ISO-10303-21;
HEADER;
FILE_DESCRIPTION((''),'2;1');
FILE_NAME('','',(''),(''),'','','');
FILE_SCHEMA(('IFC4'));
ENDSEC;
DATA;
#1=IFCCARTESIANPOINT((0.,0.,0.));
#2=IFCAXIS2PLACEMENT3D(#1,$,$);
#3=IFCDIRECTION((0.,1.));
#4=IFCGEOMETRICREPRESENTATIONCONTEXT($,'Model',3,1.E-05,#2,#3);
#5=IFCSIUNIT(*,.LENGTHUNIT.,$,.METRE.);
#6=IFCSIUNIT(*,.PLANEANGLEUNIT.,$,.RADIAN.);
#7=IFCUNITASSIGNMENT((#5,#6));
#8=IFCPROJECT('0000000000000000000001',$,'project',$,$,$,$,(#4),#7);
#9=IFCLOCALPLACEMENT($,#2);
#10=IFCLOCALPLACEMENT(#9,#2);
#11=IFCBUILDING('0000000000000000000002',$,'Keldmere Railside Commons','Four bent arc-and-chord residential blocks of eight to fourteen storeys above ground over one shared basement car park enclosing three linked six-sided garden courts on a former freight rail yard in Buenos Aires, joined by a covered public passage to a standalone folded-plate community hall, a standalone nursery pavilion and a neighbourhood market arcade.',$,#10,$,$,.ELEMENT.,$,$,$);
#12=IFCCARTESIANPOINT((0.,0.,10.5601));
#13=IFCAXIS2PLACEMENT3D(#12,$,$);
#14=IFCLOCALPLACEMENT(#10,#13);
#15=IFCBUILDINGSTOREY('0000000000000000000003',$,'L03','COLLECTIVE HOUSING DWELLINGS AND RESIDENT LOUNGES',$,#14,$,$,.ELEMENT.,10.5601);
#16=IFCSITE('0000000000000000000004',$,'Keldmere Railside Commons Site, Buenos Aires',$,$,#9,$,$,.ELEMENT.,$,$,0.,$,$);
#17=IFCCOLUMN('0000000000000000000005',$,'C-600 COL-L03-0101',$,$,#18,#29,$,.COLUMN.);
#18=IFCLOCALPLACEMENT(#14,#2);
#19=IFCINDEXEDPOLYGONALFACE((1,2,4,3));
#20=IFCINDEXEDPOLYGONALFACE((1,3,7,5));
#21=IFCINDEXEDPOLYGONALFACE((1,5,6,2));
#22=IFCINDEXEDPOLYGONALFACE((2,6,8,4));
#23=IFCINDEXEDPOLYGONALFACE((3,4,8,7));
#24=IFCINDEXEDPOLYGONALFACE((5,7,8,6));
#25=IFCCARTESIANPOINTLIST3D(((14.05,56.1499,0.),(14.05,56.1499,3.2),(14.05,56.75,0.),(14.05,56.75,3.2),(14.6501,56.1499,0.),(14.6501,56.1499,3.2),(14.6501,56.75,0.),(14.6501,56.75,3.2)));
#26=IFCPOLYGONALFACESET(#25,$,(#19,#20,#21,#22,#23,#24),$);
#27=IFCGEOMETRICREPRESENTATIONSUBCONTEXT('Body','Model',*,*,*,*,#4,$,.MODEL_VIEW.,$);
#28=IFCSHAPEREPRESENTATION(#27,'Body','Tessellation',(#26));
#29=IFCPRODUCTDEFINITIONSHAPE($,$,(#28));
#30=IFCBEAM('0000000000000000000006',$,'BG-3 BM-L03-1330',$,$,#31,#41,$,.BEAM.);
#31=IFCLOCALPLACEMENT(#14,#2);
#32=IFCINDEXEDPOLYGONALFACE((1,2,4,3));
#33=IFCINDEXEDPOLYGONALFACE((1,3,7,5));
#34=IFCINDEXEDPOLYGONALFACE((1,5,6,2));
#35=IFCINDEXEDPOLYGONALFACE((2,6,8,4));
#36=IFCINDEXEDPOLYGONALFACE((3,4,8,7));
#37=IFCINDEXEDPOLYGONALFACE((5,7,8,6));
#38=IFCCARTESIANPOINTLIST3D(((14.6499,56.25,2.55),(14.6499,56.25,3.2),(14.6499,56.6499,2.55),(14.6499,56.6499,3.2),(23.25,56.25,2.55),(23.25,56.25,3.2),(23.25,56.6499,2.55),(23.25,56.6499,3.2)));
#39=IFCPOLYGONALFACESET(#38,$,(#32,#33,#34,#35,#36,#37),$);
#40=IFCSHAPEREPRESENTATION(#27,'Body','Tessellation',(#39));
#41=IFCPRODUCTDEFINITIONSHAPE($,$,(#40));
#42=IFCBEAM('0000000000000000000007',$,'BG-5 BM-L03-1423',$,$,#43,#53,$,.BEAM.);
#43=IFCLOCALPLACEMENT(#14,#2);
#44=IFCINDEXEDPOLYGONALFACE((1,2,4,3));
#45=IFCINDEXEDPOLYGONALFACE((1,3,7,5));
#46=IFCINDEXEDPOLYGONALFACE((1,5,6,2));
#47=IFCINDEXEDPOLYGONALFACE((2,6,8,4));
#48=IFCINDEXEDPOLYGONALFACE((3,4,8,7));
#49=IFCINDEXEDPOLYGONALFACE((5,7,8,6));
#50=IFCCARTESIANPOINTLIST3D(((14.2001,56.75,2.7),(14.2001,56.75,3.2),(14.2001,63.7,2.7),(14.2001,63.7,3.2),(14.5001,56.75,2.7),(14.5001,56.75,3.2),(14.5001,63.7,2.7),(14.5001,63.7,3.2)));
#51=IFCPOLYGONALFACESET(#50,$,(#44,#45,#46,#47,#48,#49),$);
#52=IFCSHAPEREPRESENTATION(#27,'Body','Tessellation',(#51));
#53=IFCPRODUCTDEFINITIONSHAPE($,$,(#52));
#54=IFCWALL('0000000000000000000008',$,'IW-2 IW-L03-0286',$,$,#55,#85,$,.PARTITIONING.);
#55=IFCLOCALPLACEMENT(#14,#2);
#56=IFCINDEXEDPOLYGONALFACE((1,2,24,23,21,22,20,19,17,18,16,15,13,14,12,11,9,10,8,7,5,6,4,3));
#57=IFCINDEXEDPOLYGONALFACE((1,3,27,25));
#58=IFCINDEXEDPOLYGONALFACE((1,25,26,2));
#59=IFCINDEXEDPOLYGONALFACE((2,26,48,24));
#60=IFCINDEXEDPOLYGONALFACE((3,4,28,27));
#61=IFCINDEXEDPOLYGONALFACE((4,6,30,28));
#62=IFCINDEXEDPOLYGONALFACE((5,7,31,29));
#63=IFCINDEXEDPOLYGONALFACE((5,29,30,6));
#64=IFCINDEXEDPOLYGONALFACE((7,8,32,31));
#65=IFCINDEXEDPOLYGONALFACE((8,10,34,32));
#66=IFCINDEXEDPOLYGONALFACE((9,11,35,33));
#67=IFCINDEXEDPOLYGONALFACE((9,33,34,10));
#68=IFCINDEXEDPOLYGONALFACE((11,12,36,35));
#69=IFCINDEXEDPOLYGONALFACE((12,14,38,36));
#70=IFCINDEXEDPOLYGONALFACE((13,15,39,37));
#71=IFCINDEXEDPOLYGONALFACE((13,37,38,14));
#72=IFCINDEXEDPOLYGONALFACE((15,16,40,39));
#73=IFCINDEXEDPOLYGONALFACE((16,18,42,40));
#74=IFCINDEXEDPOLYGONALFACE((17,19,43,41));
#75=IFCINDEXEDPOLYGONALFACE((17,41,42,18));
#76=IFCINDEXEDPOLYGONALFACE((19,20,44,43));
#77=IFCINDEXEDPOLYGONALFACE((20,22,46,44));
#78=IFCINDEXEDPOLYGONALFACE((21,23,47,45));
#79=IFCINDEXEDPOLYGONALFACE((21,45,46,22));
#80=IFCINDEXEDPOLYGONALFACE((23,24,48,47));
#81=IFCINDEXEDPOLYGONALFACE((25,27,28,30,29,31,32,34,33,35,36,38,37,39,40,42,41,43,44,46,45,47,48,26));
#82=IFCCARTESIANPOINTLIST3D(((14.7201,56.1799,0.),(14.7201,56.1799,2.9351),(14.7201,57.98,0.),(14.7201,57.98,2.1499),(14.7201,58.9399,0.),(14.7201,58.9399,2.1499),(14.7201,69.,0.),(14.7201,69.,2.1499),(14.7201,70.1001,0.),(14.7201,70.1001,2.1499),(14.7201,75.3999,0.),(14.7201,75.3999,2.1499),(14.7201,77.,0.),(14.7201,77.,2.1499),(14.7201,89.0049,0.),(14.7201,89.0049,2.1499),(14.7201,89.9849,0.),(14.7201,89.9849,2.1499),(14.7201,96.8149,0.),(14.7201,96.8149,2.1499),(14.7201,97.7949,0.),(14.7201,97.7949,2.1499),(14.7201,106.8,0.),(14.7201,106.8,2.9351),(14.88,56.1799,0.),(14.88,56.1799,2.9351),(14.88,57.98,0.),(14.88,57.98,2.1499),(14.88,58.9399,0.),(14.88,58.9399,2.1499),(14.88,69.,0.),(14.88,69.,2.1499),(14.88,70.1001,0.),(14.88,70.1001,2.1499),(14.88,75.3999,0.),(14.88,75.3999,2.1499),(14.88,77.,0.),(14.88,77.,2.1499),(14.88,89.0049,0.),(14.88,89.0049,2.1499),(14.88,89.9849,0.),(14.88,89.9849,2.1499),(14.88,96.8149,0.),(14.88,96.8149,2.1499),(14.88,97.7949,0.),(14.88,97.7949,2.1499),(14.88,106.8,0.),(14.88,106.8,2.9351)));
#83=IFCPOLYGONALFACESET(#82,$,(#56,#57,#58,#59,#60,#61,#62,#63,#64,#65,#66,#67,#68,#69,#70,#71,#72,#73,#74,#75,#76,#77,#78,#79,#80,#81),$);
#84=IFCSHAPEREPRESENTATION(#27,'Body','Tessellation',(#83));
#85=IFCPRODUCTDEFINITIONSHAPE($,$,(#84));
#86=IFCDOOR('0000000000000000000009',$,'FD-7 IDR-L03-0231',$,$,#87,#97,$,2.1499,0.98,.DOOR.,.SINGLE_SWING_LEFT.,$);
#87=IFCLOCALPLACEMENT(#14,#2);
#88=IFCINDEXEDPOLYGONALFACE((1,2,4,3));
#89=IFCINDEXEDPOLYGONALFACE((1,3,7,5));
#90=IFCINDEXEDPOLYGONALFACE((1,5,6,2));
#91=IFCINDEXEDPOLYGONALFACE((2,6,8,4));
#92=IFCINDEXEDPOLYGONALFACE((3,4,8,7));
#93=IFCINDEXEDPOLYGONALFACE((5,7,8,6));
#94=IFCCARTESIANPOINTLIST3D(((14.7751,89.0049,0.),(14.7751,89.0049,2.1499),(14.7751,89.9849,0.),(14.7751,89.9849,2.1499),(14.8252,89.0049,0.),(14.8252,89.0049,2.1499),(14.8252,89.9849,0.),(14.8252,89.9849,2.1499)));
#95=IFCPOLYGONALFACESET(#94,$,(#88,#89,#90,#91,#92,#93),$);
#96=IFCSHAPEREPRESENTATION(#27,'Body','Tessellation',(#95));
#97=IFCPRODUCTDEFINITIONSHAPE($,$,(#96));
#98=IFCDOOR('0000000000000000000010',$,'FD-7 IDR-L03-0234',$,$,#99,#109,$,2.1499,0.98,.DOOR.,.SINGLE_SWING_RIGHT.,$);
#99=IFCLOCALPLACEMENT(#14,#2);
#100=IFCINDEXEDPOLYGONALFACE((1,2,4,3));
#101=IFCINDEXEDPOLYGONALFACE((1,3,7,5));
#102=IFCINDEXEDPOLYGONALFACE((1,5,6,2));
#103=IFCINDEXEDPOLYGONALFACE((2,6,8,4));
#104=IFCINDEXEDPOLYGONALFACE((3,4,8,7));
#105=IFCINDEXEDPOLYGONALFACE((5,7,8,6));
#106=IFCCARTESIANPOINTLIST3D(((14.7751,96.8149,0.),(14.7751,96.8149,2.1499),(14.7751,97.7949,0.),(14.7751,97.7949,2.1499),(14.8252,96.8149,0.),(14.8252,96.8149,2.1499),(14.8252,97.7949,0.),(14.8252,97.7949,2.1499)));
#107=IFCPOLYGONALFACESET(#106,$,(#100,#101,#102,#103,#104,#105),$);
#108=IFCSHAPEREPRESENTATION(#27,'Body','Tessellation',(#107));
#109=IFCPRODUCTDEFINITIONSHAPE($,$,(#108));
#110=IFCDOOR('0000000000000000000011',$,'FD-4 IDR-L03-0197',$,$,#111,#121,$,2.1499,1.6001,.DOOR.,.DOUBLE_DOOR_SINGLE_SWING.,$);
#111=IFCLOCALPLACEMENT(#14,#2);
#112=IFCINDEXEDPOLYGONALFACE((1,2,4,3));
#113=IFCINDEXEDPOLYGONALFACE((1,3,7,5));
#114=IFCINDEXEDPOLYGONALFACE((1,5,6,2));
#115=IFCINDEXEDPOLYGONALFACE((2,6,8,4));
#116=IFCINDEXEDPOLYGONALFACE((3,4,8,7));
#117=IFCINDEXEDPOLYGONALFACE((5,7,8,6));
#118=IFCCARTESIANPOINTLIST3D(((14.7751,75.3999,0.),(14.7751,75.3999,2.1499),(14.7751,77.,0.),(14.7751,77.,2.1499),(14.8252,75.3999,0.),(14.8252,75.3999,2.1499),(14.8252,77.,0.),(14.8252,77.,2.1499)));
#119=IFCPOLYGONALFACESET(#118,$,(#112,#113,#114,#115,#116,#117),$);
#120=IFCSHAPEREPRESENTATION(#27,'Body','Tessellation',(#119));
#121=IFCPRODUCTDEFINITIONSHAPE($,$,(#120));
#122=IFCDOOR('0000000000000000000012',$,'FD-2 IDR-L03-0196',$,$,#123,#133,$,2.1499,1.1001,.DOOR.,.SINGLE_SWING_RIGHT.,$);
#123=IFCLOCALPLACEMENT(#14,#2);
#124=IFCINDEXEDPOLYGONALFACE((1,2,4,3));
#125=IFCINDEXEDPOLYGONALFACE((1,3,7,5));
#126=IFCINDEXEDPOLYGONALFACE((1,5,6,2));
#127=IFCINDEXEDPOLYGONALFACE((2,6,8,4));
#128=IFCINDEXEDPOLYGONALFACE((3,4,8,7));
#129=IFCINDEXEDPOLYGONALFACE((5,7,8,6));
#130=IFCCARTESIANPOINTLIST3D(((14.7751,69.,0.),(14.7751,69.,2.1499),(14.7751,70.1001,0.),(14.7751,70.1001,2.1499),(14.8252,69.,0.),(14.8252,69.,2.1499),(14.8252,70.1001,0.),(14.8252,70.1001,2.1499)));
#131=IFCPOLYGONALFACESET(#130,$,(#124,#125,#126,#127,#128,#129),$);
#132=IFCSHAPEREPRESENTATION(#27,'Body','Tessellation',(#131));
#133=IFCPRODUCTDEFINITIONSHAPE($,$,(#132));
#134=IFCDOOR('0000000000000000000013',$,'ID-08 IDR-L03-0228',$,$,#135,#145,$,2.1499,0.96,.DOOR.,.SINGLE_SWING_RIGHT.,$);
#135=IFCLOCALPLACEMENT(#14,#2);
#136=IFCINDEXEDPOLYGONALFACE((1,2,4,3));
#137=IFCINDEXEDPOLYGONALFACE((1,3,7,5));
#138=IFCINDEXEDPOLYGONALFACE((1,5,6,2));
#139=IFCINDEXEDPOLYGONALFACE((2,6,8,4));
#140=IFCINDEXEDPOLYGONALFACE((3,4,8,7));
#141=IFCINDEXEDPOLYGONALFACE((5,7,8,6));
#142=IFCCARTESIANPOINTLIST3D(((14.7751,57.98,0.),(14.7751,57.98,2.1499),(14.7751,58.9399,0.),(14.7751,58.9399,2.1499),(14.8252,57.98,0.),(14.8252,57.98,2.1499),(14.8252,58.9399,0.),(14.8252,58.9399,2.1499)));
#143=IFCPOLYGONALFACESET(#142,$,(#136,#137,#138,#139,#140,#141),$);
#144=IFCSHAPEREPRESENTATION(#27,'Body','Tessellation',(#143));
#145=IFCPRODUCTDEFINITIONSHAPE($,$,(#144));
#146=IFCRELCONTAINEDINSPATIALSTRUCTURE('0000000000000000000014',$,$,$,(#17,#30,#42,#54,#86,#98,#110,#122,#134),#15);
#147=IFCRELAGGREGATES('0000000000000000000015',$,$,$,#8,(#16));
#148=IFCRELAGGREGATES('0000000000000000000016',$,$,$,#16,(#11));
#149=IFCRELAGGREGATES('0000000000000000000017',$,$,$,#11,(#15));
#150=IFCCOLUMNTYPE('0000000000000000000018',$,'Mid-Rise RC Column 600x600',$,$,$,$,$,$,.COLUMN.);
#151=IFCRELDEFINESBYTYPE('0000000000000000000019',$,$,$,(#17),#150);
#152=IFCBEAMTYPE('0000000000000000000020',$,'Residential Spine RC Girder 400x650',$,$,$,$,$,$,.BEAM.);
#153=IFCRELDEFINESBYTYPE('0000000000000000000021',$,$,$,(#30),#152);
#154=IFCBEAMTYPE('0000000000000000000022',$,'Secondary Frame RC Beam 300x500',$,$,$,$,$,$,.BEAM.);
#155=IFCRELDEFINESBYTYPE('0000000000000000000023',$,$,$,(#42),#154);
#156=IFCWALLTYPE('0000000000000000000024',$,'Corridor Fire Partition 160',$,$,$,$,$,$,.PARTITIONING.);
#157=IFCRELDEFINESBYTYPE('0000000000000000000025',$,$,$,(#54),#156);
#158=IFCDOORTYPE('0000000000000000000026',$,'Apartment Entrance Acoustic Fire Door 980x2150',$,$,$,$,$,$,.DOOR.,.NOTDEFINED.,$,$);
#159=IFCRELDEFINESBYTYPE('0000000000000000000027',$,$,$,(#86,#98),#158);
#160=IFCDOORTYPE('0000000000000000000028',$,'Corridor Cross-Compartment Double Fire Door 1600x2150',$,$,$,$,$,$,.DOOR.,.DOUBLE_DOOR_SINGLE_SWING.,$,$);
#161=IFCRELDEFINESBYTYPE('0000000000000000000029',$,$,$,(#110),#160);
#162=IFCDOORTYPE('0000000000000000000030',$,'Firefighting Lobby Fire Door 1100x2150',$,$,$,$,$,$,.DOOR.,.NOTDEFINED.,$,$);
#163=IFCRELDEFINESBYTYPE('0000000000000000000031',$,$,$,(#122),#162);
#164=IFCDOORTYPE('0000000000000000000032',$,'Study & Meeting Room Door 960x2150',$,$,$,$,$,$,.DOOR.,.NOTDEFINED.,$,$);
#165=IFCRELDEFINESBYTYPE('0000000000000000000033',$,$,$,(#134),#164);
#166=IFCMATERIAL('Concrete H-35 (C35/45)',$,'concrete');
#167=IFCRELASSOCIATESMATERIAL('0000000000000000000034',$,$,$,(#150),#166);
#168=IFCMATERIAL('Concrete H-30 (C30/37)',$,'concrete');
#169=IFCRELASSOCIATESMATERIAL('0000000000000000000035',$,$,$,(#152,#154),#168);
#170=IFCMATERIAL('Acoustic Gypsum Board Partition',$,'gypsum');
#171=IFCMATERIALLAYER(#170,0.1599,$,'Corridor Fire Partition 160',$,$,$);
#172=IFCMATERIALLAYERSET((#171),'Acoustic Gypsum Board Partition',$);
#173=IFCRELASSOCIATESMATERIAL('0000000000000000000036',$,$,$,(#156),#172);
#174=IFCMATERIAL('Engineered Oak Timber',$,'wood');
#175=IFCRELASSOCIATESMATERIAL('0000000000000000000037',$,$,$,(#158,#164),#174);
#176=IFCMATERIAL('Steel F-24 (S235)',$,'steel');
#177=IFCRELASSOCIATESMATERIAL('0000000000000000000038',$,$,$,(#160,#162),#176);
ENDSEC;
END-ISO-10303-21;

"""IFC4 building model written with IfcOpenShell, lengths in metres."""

from ifc_helpers import new_model, si_unit, direction, frame, frame_2d, origin, origin_2d, place, context, subcontext, project, spatial, rectangle, extrude, material, layer, layer_set, material_profile, profile_set, type_object, element, fill, save


model = new_model("IFC4")

# Units and contexts
model_context = context("Model", 3, precision=1e-05, world=origin(), true_north=direction((0.0, 1.0)))
body_context = subcontext(model_context, "Body", "Model", "MODEL_VIEW")
ifc_project = project(units=[si_unit("LENGTHUNIT", "METRE"), si_unit("PLANEANGLEUNIT", "RADIAN")], contexts=[model_context])

# Site, building, storey
site_placement = place(None, origin())
site = spatial("IfcSite", under=ifc_project, at=site_placement, Name="Keldmere Railside Commons Site, Buenos Aires", CompositionType="ELEMENT", RefElevation=0.0)
building_placement = place(site_placement, origin())
building = spatial("IfcBuilding", under=site, at=building_placement, Name="Keldmere Railside Commons", Description="Four bent arc-and-chord residential blocks of eight to fourteen storeys above ground over one shared basement car park enclosing three linked six-sided garden courts on a former freight rail yard in Buenos Aires, joined by a covered public passage to a standalone folded-plate community hall, a standalone nursery pavilion and a neighbourhood market arcade.", CompositionType="ELEMENT")
storey_placement = place(building_placement, frame((0.0, 0.0, 10.5601)))
storey = spatial("IfcBuildingStorey", under=building, at=storey_placement, Name="L03", Description="COLLECTIVE HOUSING DWELLINGS AND RESIDENT LOUNGES", CompositionType="ELEMENT", Elevation=10.5601)

# Column
ifc_material_1 = material(Name="Concrete H-35 (C35/45)", Category="concrete")
ifc_material_profile_1 = material_profile(ifc_material_1, rectangle(XDim=0.6001, YDim=0.6001, at=origin_2d()), Name="RC-600x600")
ifc_profile_set_1 = profile_set([ifc_material_profile_1], Name="Concrete H-35 (C35/45)")
column_type = type_object("IfcColumnType", Name="Mid-Rise RC Column 600x600", PredefinedType="COLUMN", material=ifc_profile_set_1)
column_placement = place(storey_placement, frame((14.3501, 56.45, 0.0), z_axis=(0.0, 0.0, 1.0), x_axis=(1.0, 0.0, 0.0)))
element("IfcColumn", 1, at=column_placement, inside=storey, type_object=column_type, Name="C-600 COL-L03-0101", PredefinedType="COLUMN", context=body_context, shape_type="SweptSolid", body=[
    extrude(rectangle(XDim=0.6001, YDim=0.6001, at=origin_2d()), origin(), (0.0, 0.0, 1.0), 3.2),
])

# Beams
ifc_material_2 = material(Name="Concrete H-30 (C30/37)", Category="concrete")
ifc_material_profile_2 = material_profile(ifc_material_2, rectangle(XDim=0.3999, YDim=0.6499, at=origin_2d()), Name="RC-400x650")
ifc_profile_set_2 = profile_set([ifc_material_profile_2], Name="Concrete H-30 (C30/37)")
beam_type_1 = type_object("IfcBeamType", Name="Residential Spine RC Girder 400x650", PredefinedType="BEAM", material=ifc_profile_set_2)
beam_1_placement = place(storey_placement, frame((14.6499, 56.45, 2.875), z_axis=(1.0, 0.0, 0.0), x_axis=(0.0, 1.0, 0.0)))
element("IfcBeam", 2, at=beam_1_placement, inside=storey, type_object=beam_type_1, Name="BG-3 BM-L03-1330", PredefinedType="BEAM", context=body_context, shape_type="SweptSolid", body=[
    extrude(rectangle(XDim=0.3999, YDim=0.6499, at=origin_2d()), origin(), (0.0, 0.0, 1.0), 8.6001),
])
ifc_material_profile_3 = material_profile(ifc_material_2, rectangle(XDim=0.3, YDim=0.5, at=origin_2d()), Name="RC-300x500")
ifc_profile_set_3 = profile_set([ifc_material_profile_3], Name="Concrete H-30 (C30/37)")
beam_type_2 = type_object("IfcBeamType", Name="Secondary Frame RC Beam 300x500", PredefinedType="BEAM", material=ifc_profile_set_3)
beam_2_placement = place(storey_placement, frame((14.3501, 56.75, 2.95), z_axis=(0.0, 1.0, 0.0), x_axis=(-1.0, 0.0, 0.0)))
element("IfcBeam", 3, at=beam_2_placement, inside=storey, type_object=beam_type_2, Name="BG-5 BM-L03-1423", PredefinedType="BEAM", context=body_context, shape_type="SweptSolid", body=[
    extrude(rectangle(XDim=0.3, YDim=0.5, at=origin_2d()), origin(), (0.0, 0.0, 1.0), 6.95),
])

# Wall, openings, doors
ifc_material_3 = material(Name="Acoustic Gypsum Board Partition", Category="gypsum")
ifc_layer = layer(ifc_material_3, 0.1599, Name="Corridor Fire Partition 160")
ifc_layer_set = layer_set([ifc_layer], Name="Acoustic Gypsum Board Partition")
wall_type = type_object("IfcWallType", Name="Corridor Fire Partition 160", PredefinedType="PARTITIONING", material=ifc_layer_set)
wall_1_placement = place(storey_placement, frame((14.8, 56.1799, 0.0), z_axis=(0.0, 0.0, 1.0), x_axis=(0.0, 1.0, 0.0)))
wall_1 = element("IfcWall", 4, at=wall_1_placement, inside=storey, type_object=wall_type, Name="IW-2 IW-L03-0286", PredefinedType="PARTITIONING", context=body_context, shape_type="SweptSolid", body=[
    extrude(rectangle(XDim=50.6201, YDim=0.1599, at=frame_2d((25.3101, 0.0))), origin(), (0.0, 0.0, 1.0), 2.9351),
])
opening_1_placement = place(wall_1_placement, frame((12.8201, 0.0, 0.0)))
opening_1 = element("IfcOpeningElement", 5, at=opening_1_placement, cuts=wall_1, PredefinedType="OPENING", context=body_context, shape_type="SweptSolid", body=[
    extrude(rectangle(XDim=1.1001, YDim=2.1499, at=frame_2d((0.55, 1.075))), frame((0.0, 0.0898, 0.0), z_axis=(0.0, -1.0, 0.0), x_axis=(1.0, 0.0, 0.0)), (0.0, 0.0, 1.0), 0.1799),
])
opening_2_placement = place(wall_1_placement, frame((19.22, 0.0, 0.0)))
opening_2 = element("IfcOpeningElement", 6, at=opening_2_placement, cuts=wall_1, PredefinedType="OPENING", context=body_context, shape_type="SweptSolid", body=[
    extrude(rectangle(XDim=1.6001, YDim=2.1499, at=frame_2d((0.8, 1.075))), frame((0.0, 0.0898, 0.0), z_axis=(0.0, -1.0, 0.0), x_axis=(1.0, 0.0, 0.0)), (0.0, 0.0, 1.0), 0.1799),
])
opening_3_placement = place(wall_1_placement, frame((1.8, 0.0, 0.0)))
opening_3 = element("IfcOpeningElement", 7, at=opening_3_placement, cuts=wall_1, PredefinedType="OPENING", context=body_context, shape_type="SweptSolid", body=[
    extrude(rectangle(XDim=0.96, YDim=2.1499, at=frame_2d((0.48, 1.075))), frame((0.0, 0.0898, 0.0), z_axis=(0.0, -1.0, 0.0), x_axis=(1.0, 0.0, 0.0)), (0.0, 0.0, 1.0), 0.1799),
])
opening_4_placement = place(wall_1_placement, frame((32.825, 0.0, 0.0)))
opening_4 = element("IfcOpeningElement", 8, at=opening_4_placement, cuts=wall_1, PredefinedType="OPENING", context=body_context, shape_type="SweptSolid", body=[
    extrude(rectangle(XDim=0.98, YDim=2.1499, at=frame_2d((0.49, 1.075))), frame((0.0, 0.0898, 0.0), z_axis=(0.0, -1.0, 0.0), x_axis=(1.0, 0.0, 0.0)), (0.0, 0.0, 1.0), 0.1799),
])
opening_5_placement = place(wall_1_placement, frame((40.635, 0.0, 0.0)))
opening_5 = element("IfcOpeningElement", 9, at=opening_5_placement, cuts=wall_1, PredefinedType="OPENING", context=body_context, shape_type="SweptSolid", body=[
    extrude(rectangle(XDim=0.98, YDim=2.1499, at=frame_2d((0.49, 1.075))), frame((0.0, 0.0898, 0.0), z_axis=(0.0, -1.0, 0.0), x_axis=(1.0, 0.0, 0.0)), (0.0, 0.0, 1.0), 0.1799),
])
ifc_material_4 = material(Name="Engineered Oak Timber", Category="wood")
door_type_1 = type_object("IfcDoorType", Name="Apartment Entrance Acoustic Fire Door 980x2150", OperationType="NOTDEFINED", PredefinedType="DOOR", material=ifc_material_4)
door_1_placement = place(opening_4_placement, origin())
door_1 = element("IfcDoor", 10, at=door_1_placement, inside=storey, type_object=door_type_1, Name="FD-7 IDR-L03-0231", OperationType="SINGLE_SWING_LEFT", OverallHeight=2.1499, OverallWidth=0.98, PredefinedType="DOOR", context=body_context, shape_type="SweptSolid", body=[
    extrude(rectangle(XDim=0.98, YDim=2.1499, at=frame_2d((0.49, 1.075))), frame((0.0, 0.0249, 0.0), z_axis=(0.0, -1.0, 0.0), x_axis=(1.0, 0.0, 0.0)), (0.0, 0.0, 1.0), 0.05),
])
fill(opening_4, door_1)
door_2_placement = place(opening_5_placement, origin())
door_2 = element("IfcDoor", 11, at=door_2_placement, inside=storey, type_object=door_type_1, Name="FD-7 IDR-L03-0234", OperationType="SINGLE_SWING_RIGHT", OverallHeight=2.1499, OverallWidth=0.98, PredefinedType="DOOR", context=body_context, shape_type="SweptSolid", body=[
    extrude(rectangle(XDim=0.98, YDim=2.1499, at=frame_2d((0.49, 1.075))), frame((0.0, 0.0249, 0.0), z_axis=(0.0, -1.0, 0.0), x_axis=(1.0, 0.0, 0.0)), (0.0, 0.0, 1.0), 0.05),
])
fill(opening_5, door_2)
ifc_material_5 = material(Name="Steel F-24 (S235)", Category="steel")
door_type_2 = type_object("IfcDoorType", Name="Corridor Cross-Compartment Double Fire Door 1600x2150", OperationType="DOUBLE_DOOR_SINGLE_SWING", PredefinedType="DOOR", material=ifc_material_5)
door_3_placement = place(opening_2_placement, origin())
door_3 = element("IfcDoor", 12, at=door_3_placement, inside=storey, type_object=door_type_2, Name="FD-4 IDR-L03-0197", OperationType="DOUBLE_DOOR_SINGLE_SWING", OverallHeight=2.1499, OverallWidth=1.6001, PredefinedType="DOOR", context=body_context, shape_type="SweptSolid", body=[
    extrude(rectangle(XDim=1.6001, YDim=2.1499, at=frame_2d((0.8, 1.075))), frame((0.0, 0.0249, 0.0), z_axis=(0.0, -1.0, 0.0), x_axis=(1.0, 0.0, 0.0)), (0.0, 0.0, 1.0), 0.05),
])
fill(opening_2, door_3)
door_type_3 = type_object("IfcDoorType", Name="Firefighting Lobby Fire Door 1100x2150", OperationType="NOTDEFINED", PredefinedType="DOOR", material=ifc_material_5)
door_4_placement = place(opening_1_placement, origin())
door_4 = element("IfcDoor", 13, at=door_4_placement, inside=storey, type_object=door_type_3, Name="FD-2 IDR-L03-0196", OperationType="SINGLE_SWING_RIGHT", OverallHeight=2.1499, OverallWidth=1.1001, PredefinedType="DOOR", context=body_context, shape_type="SweptSolid", body=[
    extrude(rectangle(XDim=1.1001, YDim=2.1499, at=frame_2d((0.55, 1.075))), frame((0.0, 0.0249, 0.0), z_axis=(0.0, -1.0, 0.0), x_axis=(1.0, 0.0, 0.0)), (0.0, 0.0, 1.0), 0.05),
])
fill(opening_1, door_4)
door_type_4 = type_object("IfcDoorType", Name="Study & Meeting Room Door 960x2150", OperationType="NOTDEFINED", PredefinedType="DOOR", material=ifc_material_4)
door_5_placement = place(opening_3_placement, origin())
door_5 = element("IfcDoor", 14, at=door_5_placement, inside=storey, type_object=door_type_4, Name="ID-08 IDR-L03-0228", OperationType="SINGLE_SWING_RIGHT", OverallHeight=2.1499, OverallWidth=0.96, PredefinedType="DOOR", context=body_context, shape_type="SweptSolid", body=[
    extrude(rectangle(XDim=0.96, YDim=2.1499, at=frame_2d((0.48, 1.075))), frame((0.0, 0.0249, 0.0), z_axis=(0.0, -1.0, 0.0), x_axis=(1.0, 0.0, 0.0)), (0.0, 0.0, 1.0), 0.05),
])
fill(opening_3, door_5)

save(model, "model.ifc")
